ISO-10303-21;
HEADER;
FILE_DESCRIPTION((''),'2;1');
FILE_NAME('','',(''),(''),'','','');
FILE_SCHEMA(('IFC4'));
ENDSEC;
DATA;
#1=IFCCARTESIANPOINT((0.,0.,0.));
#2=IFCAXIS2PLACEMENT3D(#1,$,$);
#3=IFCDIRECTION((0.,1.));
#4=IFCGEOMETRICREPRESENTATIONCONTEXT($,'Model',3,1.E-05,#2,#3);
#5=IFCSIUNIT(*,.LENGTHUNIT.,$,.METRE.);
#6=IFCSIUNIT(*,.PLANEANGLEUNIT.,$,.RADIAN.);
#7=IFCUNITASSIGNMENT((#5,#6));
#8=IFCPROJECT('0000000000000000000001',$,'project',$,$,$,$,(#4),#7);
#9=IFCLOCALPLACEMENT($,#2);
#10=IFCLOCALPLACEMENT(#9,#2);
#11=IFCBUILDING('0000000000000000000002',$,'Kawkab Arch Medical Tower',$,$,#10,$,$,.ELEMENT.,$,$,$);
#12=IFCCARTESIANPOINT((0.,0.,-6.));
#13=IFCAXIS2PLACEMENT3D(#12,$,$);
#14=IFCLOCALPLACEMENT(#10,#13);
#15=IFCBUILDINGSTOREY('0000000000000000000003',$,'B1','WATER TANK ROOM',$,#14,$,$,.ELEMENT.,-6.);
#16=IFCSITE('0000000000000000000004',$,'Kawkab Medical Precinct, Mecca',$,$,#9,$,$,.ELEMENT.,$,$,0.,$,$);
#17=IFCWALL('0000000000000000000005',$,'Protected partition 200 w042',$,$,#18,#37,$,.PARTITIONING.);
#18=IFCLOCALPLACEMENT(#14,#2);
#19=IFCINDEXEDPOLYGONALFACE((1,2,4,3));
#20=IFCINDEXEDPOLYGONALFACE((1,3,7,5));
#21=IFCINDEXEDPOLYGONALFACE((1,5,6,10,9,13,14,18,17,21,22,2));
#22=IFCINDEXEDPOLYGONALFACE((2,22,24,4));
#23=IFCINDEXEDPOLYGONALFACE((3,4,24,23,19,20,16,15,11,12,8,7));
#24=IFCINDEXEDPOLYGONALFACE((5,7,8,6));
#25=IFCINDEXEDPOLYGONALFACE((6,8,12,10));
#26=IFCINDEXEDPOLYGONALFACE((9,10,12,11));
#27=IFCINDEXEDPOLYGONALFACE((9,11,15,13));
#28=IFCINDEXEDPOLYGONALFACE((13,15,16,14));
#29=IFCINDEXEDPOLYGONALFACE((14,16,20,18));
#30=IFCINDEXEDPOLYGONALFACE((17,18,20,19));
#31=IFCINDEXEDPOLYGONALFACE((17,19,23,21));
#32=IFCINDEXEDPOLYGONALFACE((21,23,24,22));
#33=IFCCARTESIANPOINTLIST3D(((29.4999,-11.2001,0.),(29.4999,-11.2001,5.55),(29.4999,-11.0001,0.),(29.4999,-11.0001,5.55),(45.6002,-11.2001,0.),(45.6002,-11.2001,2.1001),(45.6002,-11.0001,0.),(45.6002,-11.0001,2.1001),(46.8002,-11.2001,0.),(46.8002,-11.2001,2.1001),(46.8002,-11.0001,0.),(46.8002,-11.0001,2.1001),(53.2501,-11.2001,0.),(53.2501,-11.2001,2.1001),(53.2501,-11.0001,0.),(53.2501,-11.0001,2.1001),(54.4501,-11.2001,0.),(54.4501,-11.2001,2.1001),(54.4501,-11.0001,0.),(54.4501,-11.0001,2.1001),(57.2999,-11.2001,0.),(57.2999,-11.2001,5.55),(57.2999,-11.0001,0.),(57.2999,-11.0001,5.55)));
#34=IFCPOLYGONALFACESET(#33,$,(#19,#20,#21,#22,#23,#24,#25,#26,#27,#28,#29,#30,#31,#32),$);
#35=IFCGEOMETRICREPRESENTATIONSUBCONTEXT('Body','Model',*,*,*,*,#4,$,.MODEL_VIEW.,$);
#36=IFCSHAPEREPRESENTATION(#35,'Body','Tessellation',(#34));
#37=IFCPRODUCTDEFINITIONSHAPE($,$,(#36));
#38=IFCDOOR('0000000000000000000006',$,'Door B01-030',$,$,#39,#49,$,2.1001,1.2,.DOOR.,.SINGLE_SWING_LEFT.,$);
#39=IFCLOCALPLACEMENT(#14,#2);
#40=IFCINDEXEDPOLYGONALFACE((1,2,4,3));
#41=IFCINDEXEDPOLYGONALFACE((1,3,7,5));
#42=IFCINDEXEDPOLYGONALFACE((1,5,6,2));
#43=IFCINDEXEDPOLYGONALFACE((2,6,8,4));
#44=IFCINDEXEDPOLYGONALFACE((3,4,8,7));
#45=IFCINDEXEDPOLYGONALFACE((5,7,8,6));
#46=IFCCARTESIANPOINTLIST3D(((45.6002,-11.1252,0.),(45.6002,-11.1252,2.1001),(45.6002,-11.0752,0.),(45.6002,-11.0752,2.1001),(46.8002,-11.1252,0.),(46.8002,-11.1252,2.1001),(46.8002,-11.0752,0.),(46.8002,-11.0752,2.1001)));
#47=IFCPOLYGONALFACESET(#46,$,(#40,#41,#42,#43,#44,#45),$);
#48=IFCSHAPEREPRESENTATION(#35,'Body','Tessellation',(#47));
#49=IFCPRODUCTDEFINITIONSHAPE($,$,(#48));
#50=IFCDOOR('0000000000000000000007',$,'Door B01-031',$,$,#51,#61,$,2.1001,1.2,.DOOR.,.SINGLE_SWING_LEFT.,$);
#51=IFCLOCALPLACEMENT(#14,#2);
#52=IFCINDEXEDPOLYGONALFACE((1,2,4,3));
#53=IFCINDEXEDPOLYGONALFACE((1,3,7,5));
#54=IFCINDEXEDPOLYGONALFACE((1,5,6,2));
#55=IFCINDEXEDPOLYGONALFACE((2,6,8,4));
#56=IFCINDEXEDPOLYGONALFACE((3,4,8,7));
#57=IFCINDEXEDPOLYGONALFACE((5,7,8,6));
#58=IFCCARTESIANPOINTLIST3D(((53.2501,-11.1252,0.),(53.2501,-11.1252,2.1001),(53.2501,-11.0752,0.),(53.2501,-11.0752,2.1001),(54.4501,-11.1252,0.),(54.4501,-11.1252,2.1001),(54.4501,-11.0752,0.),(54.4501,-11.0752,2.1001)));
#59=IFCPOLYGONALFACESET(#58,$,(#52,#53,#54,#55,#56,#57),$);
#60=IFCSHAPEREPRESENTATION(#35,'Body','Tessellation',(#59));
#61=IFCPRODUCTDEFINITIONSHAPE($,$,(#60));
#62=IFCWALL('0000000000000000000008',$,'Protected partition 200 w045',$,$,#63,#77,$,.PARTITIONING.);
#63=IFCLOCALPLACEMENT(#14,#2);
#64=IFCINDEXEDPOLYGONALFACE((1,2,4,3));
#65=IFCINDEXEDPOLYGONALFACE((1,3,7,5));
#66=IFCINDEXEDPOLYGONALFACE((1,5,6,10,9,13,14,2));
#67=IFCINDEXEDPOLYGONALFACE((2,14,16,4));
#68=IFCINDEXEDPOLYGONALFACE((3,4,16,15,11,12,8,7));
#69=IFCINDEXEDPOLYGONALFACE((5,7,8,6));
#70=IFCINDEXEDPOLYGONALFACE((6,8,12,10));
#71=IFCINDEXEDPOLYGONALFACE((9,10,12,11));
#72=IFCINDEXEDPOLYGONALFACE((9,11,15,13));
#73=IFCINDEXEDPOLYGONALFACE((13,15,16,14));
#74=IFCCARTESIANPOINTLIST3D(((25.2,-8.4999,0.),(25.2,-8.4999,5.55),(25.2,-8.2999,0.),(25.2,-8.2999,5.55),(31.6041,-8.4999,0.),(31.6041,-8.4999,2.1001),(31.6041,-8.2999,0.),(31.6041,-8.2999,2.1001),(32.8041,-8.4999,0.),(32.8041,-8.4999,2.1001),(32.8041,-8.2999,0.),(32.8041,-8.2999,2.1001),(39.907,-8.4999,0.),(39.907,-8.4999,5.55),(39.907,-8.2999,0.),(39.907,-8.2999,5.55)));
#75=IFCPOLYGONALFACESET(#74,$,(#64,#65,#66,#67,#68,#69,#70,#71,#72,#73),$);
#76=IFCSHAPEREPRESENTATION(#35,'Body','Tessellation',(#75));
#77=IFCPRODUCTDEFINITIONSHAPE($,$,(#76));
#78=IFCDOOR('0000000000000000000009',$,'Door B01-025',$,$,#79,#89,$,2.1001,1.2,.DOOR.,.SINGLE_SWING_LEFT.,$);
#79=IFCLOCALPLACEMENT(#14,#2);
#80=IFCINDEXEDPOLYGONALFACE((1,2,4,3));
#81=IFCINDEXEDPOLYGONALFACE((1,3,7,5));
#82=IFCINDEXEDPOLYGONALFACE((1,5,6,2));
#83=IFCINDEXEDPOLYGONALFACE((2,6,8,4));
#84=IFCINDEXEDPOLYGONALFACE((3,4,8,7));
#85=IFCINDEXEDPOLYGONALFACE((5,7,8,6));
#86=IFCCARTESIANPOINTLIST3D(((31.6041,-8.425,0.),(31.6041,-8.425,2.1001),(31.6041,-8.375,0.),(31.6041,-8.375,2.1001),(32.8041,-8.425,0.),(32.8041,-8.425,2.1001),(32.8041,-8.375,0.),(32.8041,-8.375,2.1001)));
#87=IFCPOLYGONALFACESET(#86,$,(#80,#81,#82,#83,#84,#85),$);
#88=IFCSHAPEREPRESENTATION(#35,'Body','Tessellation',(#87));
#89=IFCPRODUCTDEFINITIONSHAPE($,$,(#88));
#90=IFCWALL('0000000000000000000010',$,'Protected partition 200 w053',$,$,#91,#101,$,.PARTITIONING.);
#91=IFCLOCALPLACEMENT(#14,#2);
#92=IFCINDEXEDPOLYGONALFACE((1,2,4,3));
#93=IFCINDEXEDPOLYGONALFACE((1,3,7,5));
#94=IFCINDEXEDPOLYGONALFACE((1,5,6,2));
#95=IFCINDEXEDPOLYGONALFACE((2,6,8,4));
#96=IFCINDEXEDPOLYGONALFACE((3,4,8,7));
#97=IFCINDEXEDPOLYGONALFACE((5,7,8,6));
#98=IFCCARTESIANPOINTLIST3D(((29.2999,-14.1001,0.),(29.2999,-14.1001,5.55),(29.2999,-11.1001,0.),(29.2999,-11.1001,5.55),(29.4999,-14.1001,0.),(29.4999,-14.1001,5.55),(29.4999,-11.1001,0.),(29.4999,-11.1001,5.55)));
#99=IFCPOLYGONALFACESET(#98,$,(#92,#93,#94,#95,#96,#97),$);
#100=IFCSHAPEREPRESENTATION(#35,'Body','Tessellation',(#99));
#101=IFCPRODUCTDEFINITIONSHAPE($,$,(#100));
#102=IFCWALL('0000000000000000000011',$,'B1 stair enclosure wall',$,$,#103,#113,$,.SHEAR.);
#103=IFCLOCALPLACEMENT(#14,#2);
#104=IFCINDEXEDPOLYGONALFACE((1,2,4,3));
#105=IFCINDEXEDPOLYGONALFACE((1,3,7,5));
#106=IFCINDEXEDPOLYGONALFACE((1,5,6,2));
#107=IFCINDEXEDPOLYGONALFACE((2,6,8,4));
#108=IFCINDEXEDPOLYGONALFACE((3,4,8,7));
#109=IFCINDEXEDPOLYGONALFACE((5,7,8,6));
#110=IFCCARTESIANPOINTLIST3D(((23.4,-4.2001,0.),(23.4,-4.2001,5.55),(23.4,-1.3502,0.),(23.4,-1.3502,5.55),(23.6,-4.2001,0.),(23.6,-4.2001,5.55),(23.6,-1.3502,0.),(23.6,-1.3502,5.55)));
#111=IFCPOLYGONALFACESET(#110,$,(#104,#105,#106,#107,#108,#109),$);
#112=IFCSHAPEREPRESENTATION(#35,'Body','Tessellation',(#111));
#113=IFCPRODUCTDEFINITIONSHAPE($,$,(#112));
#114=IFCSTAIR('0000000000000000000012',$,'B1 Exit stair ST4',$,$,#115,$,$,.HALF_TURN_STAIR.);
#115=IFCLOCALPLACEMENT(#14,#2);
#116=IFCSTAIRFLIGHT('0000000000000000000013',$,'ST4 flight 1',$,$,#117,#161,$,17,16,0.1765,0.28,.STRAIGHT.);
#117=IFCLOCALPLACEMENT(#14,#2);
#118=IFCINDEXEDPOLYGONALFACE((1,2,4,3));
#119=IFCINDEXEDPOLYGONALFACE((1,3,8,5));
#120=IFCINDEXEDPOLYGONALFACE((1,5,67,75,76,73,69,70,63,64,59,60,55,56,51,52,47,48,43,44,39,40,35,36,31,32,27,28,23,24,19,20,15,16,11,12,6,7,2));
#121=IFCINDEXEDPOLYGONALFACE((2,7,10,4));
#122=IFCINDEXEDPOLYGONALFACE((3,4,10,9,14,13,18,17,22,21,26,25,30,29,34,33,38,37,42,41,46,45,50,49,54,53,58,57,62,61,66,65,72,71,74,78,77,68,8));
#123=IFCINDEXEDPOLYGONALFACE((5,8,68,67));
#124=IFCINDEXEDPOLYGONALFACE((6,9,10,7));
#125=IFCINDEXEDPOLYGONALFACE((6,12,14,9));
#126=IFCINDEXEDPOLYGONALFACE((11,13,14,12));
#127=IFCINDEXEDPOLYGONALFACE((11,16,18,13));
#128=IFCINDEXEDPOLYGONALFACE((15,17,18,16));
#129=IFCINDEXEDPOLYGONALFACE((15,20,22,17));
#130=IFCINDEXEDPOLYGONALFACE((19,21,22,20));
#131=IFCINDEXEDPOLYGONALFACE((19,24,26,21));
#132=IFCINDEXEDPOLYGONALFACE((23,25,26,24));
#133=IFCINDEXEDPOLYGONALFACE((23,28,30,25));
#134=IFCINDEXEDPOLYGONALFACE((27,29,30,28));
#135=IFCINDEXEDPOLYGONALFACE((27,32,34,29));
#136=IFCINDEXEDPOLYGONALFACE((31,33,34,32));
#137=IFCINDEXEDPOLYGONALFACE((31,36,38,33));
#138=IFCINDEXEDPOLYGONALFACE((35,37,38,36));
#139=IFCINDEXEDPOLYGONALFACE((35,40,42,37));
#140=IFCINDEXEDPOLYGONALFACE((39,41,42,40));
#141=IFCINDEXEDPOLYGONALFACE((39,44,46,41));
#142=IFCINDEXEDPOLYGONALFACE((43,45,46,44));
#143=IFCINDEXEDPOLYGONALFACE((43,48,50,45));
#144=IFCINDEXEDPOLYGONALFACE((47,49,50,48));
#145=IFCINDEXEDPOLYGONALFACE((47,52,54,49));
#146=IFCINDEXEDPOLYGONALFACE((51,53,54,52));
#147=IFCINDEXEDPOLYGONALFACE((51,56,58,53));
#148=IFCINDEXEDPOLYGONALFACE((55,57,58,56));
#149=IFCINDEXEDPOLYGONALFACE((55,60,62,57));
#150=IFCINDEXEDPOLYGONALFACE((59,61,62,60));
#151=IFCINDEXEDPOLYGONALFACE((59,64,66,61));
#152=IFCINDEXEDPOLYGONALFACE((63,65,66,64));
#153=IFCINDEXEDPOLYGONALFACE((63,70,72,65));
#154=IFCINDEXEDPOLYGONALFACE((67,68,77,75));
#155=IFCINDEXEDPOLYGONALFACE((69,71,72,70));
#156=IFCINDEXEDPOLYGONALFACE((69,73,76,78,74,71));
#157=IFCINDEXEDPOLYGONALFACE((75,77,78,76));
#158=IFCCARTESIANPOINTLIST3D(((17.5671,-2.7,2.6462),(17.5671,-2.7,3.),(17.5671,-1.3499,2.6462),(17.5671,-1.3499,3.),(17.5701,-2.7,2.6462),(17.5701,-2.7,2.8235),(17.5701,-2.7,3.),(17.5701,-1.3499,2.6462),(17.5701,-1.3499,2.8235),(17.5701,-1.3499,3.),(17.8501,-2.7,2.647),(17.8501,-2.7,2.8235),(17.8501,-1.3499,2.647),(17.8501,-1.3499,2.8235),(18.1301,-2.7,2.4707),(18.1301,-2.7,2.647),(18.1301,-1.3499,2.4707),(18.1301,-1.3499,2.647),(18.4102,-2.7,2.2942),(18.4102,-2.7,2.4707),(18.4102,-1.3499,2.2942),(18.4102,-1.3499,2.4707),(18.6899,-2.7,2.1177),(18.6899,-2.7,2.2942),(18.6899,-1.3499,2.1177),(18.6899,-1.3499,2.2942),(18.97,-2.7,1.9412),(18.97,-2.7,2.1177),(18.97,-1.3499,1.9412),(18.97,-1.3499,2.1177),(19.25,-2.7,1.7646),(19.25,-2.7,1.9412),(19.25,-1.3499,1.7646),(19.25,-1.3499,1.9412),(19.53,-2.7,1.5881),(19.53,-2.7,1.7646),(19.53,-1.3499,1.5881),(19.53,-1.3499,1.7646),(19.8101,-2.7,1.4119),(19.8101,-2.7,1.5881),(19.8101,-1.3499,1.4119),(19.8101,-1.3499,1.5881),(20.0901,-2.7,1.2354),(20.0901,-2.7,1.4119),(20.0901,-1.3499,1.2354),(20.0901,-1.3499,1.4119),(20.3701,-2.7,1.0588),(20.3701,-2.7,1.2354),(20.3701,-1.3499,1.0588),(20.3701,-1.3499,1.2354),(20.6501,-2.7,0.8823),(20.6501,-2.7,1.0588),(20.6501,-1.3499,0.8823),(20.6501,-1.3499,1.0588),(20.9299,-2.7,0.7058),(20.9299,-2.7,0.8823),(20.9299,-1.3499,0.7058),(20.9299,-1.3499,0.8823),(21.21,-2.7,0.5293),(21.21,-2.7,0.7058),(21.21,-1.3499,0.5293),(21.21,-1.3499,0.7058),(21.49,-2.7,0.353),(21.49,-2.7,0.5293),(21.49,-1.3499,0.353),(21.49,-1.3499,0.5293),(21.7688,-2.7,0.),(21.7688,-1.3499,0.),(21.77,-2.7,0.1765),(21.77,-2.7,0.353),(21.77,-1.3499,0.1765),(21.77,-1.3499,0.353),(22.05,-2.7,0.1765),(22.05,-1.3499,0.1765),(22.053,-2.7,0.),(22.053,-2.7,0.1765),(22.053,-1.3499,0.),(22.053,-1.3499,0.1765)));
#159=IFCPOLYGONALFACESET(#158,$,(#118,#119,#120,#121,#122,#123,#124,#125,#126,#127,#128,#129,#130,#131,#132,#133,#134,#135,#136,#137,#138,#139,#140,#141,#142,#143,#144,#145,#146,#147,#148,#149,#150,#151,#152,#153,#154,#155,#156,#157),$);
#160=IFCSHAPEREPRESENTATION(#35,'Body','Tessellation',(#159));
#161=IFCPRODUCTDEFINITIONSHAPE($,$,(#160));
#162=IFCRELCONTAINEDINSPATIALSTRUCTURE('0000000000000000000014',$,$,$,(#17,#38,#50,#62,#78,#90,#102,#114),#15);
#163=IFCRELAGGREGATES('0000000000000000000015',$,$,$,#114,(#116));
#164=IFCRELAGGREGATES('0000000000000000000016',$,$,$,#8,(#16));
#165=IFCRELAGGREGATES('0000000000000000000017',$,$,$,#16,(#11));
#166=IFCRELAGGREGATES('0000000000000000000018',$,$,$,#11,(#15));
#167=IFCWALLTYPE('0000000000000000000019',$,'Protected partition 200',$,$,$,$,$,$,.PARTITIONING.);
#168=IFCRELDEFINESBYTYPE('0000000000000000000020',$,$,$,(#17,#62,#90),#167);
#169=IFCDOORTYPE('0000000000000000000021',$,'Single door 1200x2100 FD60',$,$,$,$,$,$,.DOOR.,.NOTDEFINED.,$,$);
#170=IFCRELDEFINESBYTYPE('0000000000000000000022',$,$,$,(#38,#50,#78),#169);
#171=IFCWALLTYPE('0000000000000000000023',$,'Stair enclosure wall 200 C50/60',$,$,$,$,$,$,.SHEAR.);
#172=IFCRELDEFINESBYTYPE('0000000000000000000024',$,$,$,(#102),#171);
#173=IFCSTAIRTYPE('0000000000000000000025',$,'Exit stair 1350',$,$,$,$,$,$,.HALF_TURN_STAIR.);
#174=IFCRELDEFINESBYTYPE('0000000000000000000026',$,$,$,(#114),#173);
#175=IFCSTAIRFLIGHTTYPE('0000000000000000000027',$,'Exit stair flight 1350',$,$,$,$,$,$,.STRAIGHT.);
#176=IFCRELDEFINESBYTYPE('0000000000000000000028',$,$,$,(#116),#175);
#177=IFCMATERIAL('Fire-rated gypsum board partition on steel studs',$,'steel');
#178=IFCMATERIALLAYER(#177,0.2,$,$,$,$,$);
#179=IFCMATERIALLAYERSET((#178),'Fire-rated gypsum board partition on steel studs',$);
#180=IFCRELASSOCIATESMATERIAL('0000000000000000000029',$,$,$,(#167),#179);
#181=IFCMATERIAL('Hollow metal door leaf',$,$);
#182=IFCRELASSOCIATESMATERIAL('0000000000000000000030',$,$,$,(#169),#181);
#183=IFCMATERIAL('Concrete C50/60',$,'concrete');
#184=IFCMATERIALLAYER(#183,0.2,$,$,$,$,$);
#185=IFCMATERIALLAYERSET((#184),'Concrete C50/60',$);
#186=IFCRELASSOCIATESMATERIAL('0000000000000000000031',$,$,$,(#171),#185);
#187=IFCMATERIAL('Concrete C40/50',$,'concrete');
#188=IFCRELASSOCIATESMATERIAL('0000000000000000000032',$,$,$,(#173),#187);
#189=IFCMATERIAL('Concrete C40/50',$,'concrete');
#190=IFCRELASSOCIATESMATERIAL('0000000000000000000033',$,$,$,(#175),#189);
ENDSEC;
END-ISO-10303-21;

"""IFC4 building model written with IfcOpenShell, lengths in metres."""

from ifc_helpers import new_model, si_unit, direction, frame, frame_2d, origin, place, context, subcontext, project, spatial, polyline, rectangle, outline, extrude, material, layer, layer_set, type_object, element, fill, aggregate, save


model = new_model("IFC4")

# Units and contexts
model_context = context("Model", 3, precision=1e-05, world=origin(), true_north=direction((0.0, 1.0)))
body_context = subcontext(model_context, "Body", "Model", "MODEL_VIEW")
ifc_project = project(units=[si_unit("LENGTHUNIT", "METRE"), si_unit("PLANEANGLEUNIT", "RADIAN")], contexts=[model_context])

# Site, building, storey
site_placement = place(None, origin())
site = spatial("IfcSite", under=ifc_project, at=site_placement, Name="Kawkab Medical Precinct, Mecca", CompositionType="ELEMENT", RefElevation=0.0)
building_placement = place(site_placement, origin())
building = spatial("IfcBuilding", under=site, at=building_placement, Name="Kawkab Arch Medical Tower", CompositionType="ELEMENT")
storey_placement = place(building_placement, frame((0.0, 0.0, -6.0)))
storey = spatial("IfcBuildingStorey", under=building, at=storey_placement, Name="B1", Description="WATER TANK ROOM", CompositionType="ELEMENT", Elevation=-6.0)

# Shared definitions
ifc_material_1 = material(Name="Fire-rated gypsum board partition on steel studs", Category="steel")
ifc_layer_1 = layer(ifc_material_1, 0.2)
ifc_layer_set_1 = layer_set([ifc_layer_1], Name="Fire-rated gypsum board partition on steel studs")
wall_type_1 = type_object("IfcWallType", Name="Protected partition 200", PredefinedType="PARTITIONING", material=ifc_layer_set_1)

# Wall, openings, doors
wall_1_placement = place(storey_placement, frame((29.5, -11.1001, 0.0), z_axis=(0.0, 0.0, 1.0), x_axis=(1.0, 0.0, 0.0)))
wall_1 = element("IfcWall", 1, at=wall_1_placement, inside=storey, type_object=wall_type_1, Name="Protected partition 200 w042", PredefinedType="PARTITIONING", context=body_context, shape_type="SweptSolid", body=[
    extrude(rectangle(XDim=27.8, YDim=0.2, at=frame_2d((13.8999, 0.0))), origin(), (0.0, 0.0, 1.0), 5.55),
])
opening_1_placement = place(wall_1_placement, frame((16.1001, 0.0, 0.0)))
opening_1 = element("IfcOpeningElement", 2, at=opening_1_placement, cuts=wall_1, PredefinedType="OPENING", context=body_context, shape_type="SweptSolid", body=[
    extrude(rectangle(XDim=1.2, YDim=2.1001, at=frame_2d((0.6001, 1.05))), frame((0.0, 0.1099, 0.0), z_axis=(0.0, -1.0, 0.0), x_axis=(1.0, 0.0, 0.0)), (0.0, 0.0, 1.0), 0.22),
])
opening_2_placement = place(wall_1_placement, frame((23.75, 0.0, 0.0)))
opening_2 = element("IfcOpeningElement", 3, at=opening_2_placement, cuts=wall_1, PredefinedType="OPENING", context=body_context, shape_type="SweptSolid", body=[
    extrude(rectangle(XDim=1.2, YDim=2.1001, at=frame_2d((0.6001, 1.05))), frame((0.0, 0.1099, 0.0), z_axis=(0.0, -1.0, 0.0), x_axis=(1.0, 0.0, 0.0)), (0.0, 0.0, 1.0), 0.22),
])
ifc_material_2 = material(Name="Hollow metal door leaf")
door_type_1 = type_object("IfcDoorType", Name="Single door 1200x2100 FD60", OperationType="NOTDEFINED", PredefinedType="DOOR", material=ifc_material_2)
door_1_placement = place(opening_1_placement, origin())
door_1 = element("IfcDoor", 4, at=door_1_placement, inside=storey, type_object=door_type_1, Name="Door B01-030", OperationType="SINGLE_SWING_LEFT", OverallHeight=2.1001, OverallWidth=1.2, PredefinedType="DOOR", context=body_context, shape_type="SweptSolid", body=[
    extrude(rectangle(XDim=1.2, YDim=2.1001, at=frame_2d((0.6001, 1.05))), frame((0.0, 0.0249, 0.0), z_axis=(0.0, -1.0, 0.0), x_axis=(1.0, 0.0, 0.0)), (0.0, 0.0, 1.0), 0.05),
])
fill(opening_1, door_1)
door_2_placement = place(opening_2_placement, origin())
door_2 = element("IfcDoor", 5, at=door_2_placement, inside=storey, type_object=door_type_1, Name="Door B01-031", OperationType="SINGLE_SWING_LEFT", OverallHeight=2.1001, OverallWidth=1.2, PredefinedType="DOOR", context=body_context, shape_type="SweptSolid", body=[
    extrude(rectangle(XDim=1.2, YDim=2.1001, at=frame_2d((0.6001, 1.05))), frame((0.0, 0.0249, 0.0), z_axis=(0.0, -1.0, 0.0), x_axis=(1.0, 0.0, 0.0)), (0.0, 0.0, 1.0), 0.05),
])
fill(opening_2, door_2)

# Wall, opening, door
wall_2_placement = place(storey_placement, frame((25.2, -8.3999, 0.0), z_axis=(0.0, 0.0, 1.0), x_axis=(1.0, 0.0, 0.0)))
wall_2 = element("IfcWall", 6, at=wall_2_placement, inside=storey, type_object=wall_type_1, Name="Protected partition 200 w045", PredefinedType="PARTITIONING", context=body_context, shape_type="SweptSolid", body=[
    extrude(rectangle(XDim=14.707, YDim=0.2, at=frame_2d((7.3535, 0.0))), origin(), (0.0, 0.0, 1.0), 5.55),
])
opening_3_placement = place(wall_2_placement, frame((6.4041, 0.0, 0.0)))
opening_3 = element("IfcOpeningElement", 7, at=opening_3_placement, cuts=wall_2, PredefinedType="OPENING", context=body_context, shape_type="SweptSolid", body=[
    extrude(rectangle(XDim=1.2, YDim=2.1001, at=frame_2d((0.6001, 1.05))), frame((0.0, 0.1099, 0.0), z_axis=(0.0, -1.0, 0.0), x_axis=(1.0, 0.0, 0.0)), (0.0, 0.0, 1.0), 0.22),
])
door_3_placement = place(opening_3_placement, origin())
door_3 = element("IfcDoor", 8, at=door_3_placement, inside=storey, type_object=door_type_1, Name="Door B01-025", OperationType="SINGLE_SWING_LEFT", OverallHeight=2.1001, OverallWidth=1.2, PredefinedType="DOOR", context=body_context, shape_type="SweptSolid", body=[
    extrude(rectangle(XDim=1.2, YDim=2.1001, at=frame_2d((0.6001, 1.05))), frame((0.0, 0.0249, 0.0), z_axis=(0.0, -1.0, 0.0), x_axis=(1.0, 0.0, 0.0)), (0.0, 0.0, 1.0), 0.05),
])
fill(opening_3, door_3)

# Walls
wall_3_placement = place(storey_placement, frame((29.3999, -14.1001, 0.0), z_axis=(0.0, 0.0, 1.0), x_axis=(0.0, 1.0, 0.0)))
element("IfcWall", 9, at=wall_3_placement, inside=storey, type_object=wall_type_1, Name="Protected partition 200 w053", PredefinedType="PARTITIONING", context=body_context, shape_type="SweptSolid", body=[
    extrude(rectangle(XDim=3.0, YDim=0.2, at=frame_2d((1.5, 0.0))), origin(), (0.0, 0.0, 1.0), 5.55),
])
ifc_material_3 = material(Name="Concrete C50/60", Category="concrete")
ifc_layer_2 = layer(ifc_material_3, 0.2)
ifc_layer_set_2 = layer_set([ifc_layer_2], Name="Concrete C50/60")
wall_type_2 = type_object("IfcWallType", Name="Stair enclosure wall 200 C50/60", PredefinedType="SHEAR", material=ifc_layer_set_2)
wall_4_placement = place(storey_placement, frame((23.5, -4.2, 0.0), z_axis=(0.0, 0.0, 1.0), x_axis=(0.0, 1.0, 0.0)))
element("IfcWall", 10, at=wall_4_placement, inside=storey, type_object=wall_type_2, Name="B1 stair enclosure wall", PredefinedType="SHEAR", context=body_context, shape_type="SweptSolid", body=[
    extrude(rectangle(XDim=2.8499, YDim=0.2, at=frame_2d((1.4248, 0.0))), origin(), (0.0, 0.0, 1.0), 5.55),
])

# Stair, stair flight
ifc_material_4 = material(Name="Concrete C40/50", Category="concrete")
stair_type = type_object("IfcStairType", Name="Exit stair 1350", PredefinedType="HALF_TURN_STAIR", material=ifc_material_4)
stair_placement = place(storey_placement, origin())
stair = element("IfcStair", 11, at=stair_placement, inside=storey, type_object=stair_type, Name="B1 Exit stair ST4", PredefinedType="HALF_TURN_STAIR")
ifc_material_5 = material(Name="Concrete C40/50", Category="concrete")
stair_flight_type = type_object("IfcStairFlightType", Name="Exit stair flight 1350", PredefinedType="STRAIGHT", material=ifc_material_5)
stair_flight_placement = place(storey_placement, frame((22.05, -2.0249, 0.0), z_axis=(0.0, 0.0, 1.0), x_axis=(-1.0, 0.0, 0.0)))
stair_flight = element("IfcStairFlight", 12, at=stair_flight_placement, type_object=stair_flight_type, Name="ST4 flight 1", NumberOfRisers=17, NumberOfTreads=16, PredefinedType="STRAIGHT", RiserHeight=0.1765, TreadLength=0.28, context=body_context, shape_type="SweptSolid", body=[
    extrude(outline(polyline([(-0.0029, 0.0), (-0.0029, 0.1765), (0.0, 0.1765), (0.28, 0.1765), (0.28, 0.353), (0.5601, 0.353), (0.5601, 0.5293), (0.8401, 0.5293), (0.8401, 0.7058), (1.1201, 0.7058), (1.1201, 0.8823), (1.3999, 0.8823), (1.3999, 1.0588), (1.6799, 1.0588), (1.6799, 1.2354), (1.96, 1.2354), (1.96, 1.4119), (2.24, 1.4119), (2.24, 1.5881), (2.52, 1.5881), (2.52, 1.7646), (2.8, 1.7646), (2.8, 1.9412), (3.0801, 1.9412), (3.0801, 2.1177), (3.3601, 2.1177), (3.3601, 2.2942), (3.6399, 2.2942), (3.6399, 2.4707), (3.9199, 2.4707), (3.9199, 2.647), (4.2, 2.647), (4.2, 2.8235), (4.48, 2.8235), (4.48, 3.0), (4.4829, 3.0), (4.4829, 2.6462), (4.48, 2.6462), (0.2812, 0.0), (-0.0029, 0.0)])), frame((0.0, 0.675, 0.0), z_axis=(0.0, -1.0, 0.0), x_axis=(1.0, 0.0, 0.0)), (0.0, 0.0, 1.0), 1.3501),
])
aggregate(stair, [stair_flight])

save(model, "model.ifc")
